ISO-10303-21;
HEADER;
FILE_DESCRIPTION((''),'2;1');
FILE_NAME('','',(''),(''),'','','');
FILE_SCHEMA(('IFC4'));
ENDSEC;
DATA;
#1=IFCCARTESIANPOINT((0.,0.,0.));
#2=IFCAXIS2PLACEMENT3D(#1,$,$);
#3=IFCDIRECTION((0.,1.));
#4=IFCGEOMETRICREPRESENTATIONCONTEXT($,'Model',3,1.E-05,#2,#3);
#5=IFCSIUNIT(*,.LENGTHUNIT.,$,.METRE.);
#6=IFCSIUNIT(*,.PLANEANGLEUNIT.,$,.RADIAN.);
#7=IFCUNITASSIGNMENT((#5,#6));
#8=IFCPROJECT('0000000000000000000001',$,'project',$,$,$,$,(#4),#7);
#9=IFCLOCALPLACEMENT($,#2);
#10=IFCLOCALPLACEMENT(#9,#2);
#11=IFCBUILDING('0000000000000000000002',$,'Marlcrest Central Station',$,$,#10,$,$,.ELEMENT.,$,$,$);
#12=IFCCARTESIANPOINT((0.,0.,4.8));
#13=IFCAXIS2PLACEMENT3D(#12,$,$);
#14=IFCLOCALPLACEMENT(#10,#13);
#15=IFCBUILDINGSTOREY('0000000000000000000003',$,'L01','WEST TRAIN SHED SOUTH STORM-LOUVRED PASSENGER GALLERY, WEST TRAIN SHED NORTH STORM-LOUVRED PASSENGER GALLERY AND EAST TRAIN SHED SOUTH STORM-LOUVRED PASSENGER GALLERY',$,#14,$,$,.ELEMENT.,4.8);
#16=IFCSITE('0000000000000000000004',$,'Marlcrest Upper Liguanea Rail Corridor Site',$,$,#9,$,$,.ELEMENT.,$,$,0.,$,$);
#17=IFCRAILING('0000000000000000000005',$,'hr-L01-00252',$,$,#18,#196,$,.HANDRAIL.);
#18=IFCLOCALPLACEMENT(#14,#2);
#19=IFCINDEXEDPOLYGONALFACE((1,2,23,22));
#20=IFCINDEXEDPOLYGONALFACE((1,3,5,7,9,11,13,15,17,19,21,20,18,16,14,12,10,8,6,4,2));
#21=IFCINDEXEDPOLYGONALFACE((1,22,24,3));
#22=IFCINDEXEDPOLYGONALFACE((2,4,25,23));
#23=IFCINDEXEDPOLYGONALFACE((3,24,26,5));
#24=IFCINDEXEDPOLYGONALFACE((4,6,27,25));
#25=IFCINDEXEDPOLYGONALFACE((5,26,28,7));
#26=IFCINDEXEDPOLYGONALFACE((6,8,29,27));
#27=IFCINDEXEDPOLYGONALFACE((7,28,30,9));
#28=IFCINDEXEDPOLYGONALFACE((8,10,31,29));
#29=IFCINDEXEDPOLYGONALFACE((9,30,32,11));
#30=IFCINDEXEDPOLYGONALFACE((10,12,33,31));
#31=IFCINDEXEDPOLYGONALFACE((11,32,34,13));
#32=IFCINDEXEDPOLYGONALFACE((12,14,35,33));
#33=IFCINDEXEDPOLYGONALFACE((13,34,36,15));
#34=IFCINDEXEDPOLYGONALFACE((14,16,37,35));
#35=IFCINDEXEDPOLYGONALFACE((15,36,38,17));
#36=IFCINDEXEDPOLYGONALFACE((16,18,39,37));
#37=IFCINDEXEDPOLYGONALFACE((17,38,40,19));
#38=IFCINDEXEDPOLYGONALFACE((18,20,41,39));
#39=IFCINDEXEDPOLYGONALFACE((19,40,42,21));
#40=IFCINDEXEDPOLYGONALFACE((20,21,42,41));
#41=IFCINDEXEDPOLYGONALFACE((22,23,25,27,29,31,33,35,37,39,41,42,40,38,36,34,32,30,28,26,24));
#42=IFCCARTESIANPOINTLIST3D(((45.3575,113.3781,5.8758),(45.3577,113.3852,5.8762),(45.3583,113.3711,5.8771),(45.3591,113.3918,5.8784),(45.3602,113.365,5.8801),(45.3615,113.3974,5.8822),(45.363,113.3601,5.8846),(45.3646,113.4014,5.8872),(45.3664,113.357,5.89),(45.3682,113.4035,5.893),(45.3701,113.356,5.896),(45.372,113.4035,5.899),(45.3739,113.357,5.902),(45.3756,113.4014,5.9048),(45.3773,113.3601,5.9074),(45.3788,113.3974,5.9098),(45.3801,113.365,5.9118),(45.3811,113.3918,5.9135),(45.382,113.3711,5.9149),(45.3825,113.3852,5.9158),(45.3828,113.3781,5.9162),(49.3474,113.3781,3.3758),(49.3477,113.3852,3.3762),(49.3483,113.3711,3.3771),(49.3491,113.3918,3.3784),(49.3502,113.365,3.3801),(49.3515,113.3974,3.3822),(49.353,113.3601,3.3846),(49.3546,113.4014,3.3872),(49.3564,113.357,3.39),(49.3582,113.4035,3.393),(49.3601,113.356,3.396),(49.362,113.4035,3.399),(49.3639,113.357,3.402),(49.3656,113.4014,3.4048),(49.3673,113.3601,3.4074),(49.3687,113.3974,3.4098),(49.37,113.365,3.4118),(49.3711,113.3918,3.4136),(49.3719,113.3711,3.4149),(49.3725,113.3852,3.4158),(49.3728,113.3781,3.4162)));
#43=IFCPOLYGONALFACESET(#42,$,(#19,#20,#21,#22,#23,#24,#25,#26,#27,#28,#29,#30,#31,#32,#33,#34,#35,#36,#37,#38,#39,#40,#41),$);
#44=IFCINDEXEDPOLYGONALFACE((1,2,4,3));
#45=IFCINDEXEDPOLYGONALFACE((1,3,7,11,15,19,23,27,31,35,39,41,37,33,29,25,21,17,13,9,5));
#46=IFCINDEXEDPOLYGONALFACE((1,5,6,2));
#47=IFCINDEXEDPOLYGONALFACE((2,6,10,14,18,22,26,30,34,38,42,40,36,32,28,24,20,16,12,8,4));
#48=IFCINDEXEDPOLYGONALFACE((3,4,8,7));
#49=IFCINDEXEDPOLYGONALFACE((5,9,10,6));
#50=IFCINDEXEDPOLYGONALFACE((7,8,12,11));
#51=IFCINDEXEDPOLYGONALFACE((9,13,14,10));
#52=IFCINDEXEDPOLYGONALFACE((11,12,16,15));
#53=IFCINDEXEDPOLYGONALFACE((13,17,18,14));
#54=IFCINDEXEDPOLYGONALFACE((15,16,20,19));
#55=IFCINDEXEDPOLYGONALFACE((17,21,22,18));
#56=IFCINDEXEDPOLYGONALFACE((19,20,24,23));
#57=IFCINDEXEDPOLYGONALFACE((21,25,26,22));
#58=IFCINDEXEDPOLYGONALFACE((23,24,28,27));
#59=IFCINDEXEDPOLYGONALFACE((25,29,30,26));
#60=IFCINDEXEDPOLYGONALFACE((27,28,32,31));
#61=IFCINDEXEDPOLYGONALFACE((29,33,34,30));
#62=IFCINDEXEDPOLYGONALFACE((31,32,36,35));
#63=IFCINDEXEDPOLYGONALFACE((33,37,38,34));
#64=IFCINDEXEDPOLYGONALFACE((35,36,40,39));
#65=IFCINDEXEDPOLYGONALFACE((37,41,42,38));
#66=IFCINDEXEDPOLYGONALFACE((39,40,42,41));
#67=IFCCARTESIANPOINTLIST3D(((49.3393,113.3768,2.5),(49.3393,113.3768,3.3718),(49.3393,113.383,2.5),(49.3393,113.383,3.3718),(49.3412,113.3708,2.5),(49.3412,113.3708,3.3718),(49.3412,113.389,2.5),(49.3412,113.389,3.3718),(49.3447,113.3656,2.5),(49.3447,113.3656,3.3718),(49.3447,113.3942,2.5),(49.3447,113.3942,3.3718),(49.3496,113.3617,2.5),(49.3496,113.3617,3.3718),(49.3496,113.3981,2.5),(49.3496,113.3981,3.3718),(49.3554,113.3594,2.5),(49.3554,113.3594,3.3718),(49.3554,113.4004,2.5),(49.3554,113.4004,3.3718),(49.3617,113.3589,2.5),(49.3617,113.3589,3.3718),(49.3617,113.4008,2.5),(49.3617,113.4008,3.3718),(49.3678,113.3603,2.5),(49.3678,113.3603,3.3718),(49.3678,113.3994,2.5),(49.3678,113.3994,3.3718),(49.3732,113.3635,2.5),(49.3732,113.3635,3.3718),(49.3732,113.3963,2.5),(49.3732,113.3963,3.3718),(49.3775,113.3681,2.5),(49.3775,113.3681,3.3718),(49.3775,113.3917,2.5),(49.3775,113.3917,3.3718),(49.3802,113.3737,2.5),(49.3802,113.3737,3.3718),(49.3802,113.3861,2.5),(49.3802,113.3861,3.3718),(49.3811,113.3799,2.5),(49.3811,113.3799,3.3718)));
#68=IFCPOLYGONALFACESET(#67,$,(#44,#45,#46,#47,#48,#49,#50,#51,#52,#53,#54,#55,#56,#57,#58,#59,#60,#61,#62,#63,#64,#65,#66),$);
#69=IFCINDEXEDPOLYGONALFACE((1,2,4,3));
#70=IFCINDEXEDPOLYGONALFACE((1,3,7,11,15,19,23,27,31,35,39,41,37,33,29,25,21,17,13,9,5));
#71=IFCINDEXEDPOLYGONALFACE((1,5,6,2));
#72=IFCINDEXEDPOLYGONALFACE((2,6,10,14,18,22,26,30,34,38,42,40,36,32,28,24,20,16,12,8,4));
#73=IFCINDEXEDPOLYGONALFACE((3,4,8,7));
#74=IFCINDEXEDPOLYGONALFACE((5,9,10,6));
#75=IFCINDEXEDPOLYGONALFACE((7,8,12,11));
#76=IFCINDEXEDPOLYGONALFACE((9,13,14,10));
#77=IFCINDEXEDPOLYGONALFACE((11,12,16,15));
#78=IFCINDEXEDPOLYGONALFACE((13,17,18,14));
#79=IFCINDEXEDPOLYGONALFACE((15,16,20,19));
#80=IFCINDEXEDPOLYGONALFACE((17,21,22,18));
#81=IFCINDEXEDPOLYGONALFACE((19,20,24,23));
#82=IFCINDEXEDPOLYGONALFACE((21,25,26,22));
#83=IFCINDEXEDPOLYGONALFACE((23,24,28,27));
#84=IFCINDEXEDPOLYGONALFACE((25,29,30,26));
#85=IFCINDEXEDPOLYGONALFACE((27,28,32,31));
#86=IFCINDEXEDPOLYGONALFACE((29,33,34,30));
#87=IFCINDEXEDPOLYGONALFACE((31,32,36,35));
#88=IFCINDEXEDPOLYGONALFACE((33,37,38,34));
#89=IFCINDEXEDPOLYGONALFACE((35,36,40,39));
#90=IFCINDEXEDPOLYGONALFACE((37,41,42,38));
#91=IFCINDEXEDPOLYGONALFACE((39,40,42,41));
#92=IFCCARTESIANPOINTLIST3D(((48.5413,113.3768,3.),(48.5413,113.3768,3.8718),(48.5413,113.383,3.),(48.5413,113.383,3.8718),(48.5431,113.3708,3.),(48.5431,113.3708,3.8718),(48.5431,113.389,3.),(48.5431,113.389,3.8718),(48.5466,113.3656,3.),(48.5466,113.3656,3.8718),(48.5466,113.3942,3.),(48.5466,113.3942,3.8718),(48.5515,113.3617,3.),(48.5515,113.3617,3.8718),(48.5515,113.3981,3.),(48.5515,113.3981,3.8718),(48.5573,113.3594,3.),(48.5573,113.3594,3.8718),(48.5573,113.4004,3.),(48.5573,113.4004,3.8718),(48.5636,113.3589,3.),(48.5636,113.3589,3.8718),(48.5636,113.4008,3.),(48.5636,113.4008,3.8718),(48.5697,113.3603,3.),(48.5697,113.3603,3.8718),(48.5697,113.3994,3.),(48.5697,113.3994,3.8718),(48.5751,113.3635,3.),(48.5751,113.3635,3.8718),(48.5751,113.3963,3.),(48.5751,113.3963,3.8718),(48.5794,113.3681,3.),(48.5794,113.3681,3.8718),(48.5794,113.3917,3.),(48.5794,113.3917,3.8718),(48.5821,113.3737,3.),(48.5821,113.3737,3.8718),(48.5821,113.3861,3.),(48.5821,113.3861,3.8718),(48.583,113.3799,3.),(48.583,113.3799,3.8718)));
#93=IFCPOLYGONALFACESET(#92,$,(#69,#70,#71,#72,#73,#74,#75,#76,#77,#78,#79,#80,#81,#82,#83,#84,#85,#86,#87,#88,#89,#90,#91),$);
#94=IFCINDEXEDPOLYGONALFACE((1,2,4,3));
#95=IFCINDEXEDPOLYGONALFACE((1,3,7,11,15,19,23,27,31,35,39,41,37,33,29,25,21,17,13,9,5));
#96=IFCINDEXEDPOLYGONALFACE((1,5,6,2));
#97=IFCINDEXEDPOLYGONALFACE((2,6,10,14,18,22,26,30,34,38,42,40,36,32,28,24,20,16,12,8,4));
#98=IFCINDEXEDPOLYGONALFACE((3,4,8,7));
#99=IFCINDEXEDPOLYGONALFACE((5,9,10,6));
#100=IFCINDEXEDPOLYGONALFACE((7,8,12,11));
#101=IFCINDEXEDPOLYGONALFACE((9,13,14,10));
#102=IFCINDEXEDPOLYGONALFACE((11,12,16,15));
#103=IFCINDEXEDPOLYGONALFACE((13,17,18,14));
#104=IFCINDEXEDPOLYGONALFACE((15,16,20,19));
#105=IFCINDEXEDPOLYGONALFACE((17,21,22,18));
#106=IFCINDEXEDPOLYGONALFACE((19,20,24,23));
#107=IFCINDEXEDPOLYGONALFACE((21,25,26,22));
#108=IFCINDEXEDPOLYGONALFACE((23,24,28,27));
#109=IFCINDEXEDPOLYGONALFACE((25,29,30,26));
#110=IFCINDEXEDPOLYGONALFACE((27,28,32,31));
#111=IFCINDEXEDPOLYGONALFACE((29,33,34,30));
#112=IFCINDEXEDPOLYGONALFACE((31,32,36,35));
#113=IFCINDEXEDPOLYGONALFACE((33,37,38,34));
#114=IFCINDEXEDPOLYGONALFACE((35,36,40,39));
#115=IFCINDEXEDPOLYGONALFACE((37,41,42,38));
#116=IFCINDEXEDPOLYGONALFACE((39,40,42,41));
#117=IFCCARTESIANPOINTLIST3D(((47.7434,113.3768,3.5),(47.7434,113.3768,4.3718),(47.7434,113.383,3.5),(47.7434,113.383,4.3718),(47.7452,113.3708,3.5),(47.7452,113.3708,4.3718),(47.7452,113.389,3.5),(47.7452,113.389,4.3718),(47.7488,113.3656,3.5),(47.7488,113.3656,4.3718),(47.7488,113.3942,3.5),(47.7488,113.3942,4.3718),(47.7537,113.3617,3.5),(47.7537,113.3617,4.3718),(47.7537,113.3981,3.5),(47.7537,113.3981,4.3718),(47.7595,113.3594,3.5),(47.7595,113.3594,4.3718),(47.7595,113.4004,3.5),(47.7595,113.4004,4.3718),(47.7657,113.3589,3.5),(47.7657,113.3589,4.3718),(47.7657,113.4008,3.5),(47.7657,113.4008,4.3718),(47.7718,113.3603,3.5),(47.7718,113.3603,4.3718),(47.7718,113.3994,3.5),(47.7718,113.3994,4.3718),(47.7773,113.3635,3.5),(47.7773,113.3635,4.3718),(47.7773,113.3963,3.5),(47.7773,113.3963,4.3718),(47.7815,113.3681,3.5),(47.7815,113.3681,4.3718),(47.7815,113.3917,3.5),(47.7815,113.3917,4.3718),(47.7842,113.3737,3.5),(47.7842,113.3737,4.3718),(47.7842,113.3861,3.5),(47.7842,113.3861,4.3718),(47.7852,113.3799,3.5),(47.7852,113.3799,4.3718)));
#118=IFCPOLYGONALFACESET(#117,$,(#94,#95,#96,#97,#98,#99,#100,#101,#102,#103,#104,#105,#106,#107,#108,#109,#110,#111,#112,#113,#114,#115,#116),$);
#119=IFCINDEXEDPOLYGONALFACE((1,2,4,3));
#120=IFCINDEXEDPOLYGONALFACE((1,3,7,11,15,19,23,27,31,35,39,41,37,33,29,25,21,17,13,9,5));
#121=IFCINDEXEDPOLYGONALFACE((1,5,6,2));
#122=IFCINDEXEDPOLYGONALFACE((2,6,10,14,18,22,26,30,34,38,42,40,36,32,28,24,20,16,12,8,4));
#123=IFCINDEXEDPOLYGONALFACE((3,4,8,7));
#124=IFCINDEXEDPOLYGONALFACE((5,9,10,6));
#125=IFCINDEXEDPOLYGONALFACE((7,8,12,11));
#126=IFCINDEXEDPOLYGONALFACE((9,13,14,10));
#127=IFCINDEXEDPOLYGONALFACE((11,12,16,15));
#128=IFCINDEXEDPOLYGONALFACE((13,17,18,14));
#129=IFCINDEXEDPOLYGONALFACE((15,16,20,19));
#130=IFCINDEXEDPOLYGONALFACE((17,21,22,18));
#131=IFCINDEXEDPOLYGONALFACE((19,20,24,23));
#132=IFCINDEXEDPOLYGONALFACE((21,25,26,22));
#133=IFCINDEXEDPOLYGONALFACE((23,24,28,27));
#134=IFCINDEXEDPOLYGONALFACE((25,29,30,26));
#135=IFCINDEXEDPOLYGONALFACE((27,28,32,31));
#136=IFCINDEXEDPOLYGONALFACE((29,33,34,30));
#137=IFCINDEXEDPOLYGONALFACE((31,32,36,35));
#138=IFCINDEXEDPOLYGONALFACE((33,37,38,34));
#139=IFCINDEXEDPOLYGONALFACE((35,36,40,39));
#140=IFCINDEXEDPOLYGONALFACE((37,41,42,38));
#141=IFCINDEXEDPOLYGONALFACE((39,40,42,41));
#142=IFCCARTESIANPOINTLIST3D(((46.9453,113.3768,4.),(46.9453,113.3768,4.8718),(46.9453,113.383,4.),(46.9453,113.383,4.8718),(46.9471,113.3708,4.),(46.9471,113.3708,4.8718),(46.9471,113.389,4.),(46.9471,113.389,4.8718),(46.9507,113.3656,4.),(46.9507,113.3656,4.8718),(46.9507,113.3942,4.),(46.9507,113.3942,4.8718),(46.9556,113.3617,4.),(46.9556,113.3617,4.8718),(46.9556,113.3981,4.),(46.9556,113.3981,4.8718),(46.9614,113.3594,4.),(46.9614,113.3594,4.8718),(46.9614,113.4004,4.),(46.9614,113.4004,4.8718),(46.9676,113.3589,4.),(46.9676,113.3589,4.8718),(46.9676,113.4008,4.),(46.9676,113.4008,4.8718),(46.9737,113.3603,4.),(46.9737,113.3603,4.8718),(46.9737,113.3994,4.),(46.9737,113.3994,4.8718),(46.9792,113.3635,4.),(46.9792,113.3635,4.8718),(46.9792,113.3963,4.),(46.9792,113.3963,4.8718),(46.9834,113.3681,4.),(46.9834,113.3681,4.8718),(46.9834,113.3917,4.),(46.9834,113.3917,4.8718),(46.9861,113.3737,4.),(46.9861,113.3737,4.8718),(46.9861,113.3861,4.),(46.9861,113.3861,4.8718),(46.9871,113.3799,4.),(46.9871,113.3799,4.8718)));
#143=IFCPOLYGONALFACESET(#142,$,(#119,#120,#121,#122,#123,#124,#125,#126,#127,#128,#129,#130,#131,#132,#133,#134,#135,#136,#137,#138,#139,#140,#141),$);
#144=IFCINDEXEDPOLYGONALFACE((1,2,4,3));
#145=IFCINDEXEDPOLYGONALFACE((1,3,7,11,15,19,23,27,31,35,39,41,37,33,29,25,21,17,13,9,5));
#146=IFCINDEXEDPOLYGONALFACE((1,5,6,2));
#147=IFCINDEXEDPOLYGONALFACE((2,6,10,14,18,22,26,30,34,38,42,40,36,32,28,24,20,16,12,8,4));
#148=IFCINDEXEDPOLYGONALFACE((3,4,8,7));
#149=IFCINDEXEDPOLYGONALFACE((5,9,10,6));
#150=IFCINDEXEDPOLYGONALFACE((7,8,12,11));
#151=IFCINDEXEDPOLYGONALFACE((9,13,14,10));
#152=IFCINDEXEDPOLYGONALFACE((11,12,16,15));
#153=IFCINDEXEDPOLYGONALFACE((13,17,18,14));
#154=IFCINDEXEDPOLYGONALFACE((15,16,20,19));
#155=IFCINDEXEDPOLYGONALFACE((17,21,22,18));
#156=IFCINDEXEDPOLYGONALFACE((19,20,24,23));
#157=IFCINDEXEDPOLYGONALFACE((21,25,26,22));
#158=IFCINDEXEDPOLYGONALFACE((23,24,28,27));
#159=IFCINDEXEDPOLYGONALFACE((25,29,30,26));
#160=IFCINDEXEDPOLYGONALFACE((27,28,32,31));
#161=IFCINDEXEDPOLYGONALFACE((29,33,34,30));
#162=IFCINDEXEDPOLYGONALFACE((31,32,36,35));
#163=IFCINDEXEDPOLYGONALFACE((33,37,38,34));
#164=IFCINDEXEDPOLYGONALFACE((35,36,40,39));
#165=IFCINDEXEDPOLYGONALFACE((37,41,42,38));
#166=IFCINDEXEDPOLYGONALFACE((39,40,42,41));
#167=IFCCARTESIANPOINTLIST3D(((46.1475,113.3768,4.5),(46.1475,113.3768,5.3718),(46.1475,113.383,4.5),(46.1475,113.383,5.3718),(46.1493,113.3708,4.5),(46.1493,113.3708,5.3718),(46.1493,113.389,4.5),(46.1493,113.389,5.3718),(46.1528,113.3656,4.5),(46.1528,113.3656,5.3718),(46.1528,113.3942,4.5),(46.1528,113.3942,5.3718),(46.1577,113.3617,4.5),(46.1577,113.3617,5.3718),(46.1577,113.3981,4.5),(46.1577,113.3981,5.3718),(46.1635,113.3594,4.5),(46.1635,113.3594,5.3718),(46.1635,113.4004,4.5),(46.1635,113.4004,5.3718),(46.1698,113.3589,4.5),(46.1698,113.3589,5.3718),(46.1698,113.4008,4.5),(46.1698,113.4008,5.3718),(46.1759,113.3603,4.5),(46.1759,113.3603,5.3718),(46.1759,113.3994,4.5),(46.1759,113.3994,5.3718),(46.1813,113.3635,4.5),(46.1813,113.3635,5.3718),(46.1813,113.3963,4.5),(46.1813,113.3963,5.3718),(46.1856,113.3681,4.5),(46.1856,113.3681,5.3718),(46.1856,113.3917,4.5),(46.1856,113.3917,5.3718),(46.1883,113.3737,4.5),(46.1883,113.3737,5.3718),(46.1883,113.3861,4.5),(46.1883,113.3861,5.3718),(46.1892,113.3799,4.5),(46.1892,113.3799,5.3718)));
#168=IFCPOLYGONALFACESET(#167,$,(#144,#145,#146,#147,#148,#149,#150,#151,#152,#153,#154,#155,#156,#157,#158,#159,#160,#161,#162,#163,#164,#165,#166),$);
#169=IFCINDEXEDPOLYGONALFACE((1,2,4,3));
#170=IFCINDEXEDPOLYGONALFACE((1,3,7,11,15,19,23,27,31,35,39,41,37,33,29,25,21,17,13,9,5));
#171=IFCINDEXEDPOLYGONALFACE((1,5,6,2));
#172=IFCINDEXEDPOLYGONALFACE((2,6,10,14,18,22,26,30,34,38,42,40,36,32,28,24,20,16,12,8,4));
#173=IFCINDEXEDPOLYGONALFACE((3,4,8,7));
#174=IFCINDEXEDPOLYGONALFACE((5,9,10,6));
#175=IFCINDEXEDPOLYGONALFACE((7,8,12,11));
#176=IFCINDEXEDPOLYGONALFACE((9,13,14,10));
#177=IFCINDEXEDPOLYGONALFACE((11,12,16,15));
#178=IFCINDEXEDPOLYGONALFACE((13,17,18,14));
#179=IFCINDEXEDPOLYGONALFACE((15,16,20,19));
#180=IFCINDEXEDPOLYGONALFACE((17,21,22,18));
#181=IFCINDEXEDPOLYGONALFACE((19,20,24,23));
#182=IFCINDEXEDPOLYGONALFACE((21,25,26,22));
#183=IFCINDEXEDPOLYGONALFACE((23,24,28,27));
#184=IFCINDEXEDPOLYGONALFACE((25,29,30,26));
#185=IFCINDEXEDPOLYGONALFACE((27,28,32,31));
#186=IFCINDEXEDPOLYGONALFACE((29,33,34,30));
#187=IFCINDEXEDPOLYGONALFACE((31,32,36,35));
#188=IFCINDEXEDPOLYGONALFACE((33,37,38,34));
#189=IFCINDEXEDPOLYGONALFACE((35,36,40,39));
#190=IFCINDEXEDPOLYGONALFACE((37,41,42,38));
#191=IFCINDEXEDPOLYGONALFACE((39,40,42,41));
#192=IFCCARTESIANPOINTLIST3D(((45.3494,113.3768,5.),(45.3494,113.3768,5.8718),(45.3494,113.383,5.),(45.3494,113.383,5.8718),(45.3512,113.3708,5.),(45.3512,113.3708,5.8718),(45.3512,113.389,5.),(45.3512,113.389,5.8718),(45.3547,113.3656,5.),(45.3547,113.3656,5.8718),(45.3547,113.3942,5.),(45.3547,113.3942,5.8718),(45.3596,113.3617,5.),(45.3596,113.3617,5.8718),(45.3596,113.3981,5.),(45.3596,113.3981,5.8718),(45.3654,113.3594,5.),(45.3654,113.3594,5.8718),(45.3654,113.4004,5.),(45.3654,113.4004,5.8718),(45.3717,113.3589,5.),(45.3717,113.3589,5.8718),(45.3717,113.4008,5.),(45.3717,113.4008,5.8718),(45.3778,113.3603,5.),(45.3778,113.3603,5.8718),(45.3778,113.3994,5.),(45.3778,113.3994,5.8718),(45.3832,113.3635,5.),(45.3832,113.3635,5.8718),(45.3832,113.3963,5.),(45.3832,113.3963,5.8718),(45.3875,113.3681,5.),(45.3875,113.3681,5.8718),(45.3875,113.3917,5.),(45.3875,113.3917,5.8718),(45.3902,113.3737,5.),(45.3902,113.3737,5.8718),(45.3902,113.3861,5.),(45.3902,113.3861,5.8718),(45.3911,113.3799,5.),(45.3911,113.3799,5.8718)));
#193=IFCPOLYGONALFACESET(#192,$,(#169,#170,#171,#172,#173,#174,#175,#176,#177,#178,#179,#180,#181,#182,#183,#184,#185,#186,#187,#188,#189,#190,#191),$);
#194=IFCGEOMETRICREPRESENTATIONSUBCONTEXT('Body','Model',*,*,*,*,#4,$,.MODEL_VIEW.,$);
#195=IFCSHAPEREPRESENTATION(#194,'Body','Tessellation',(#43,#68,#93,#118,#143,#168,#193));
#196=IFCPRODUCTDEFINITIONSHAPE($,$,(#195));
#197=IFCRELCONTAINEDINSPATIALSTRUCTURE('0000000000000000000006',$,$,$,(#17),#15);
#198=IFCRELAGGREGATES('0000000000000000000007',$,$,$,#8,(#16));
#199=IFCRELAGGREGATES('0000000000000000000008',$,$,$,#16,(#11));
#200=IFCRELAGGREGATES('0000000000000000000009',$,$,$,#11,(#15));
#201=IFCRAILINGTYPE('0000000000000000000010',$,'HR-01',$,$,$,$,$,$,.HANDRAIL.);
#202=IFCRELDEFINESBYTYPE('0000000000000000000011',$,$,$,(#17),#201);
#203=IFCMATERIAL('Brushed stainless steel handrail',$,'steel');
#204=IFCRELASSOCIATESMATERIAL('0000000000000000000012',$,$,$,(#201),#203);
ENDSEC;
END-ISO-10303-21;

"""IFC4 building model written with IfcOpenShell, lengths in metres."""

from ifc_helpers import new_model, si_unit, direction, frame, origin, origin_2d, place, context, subcontext, project, spatial, circle, extrude, material, type_object, element, save


model = new_model("IFC4")

# Units and contexts
model_context = context("Model", 3, precision=1e-05, world=origin(), true_north=direction((0.0, 1.0)))
body_context = subcontext(model_context, "Body", "Model", "MODEL_VIEW")
ifc_project = project(units=[si_unit("LENGTHUNIT", "METRE"), si_unit("PLANEANGLEUNIT", "RADIAN")], contexts=[model_context])

# Site, building, storey
site_placement = place(None, origin())
site = spatial("IfcSite", under=ifc_project, at=site_placement, Name="Marlcrest Upper Liguanea Rail Corridor Site", CompositionType="ELEMENT", RefElevation=0.0)
building_placement = place(site_placement, origin())
building = spatial("IfcBuilding", under=site, at=building_placement, Name="Marlcrest Central Station", CompositionType="ELEMENT")
storey_placement = place(building_placement, frame((0.0, 0.0, 4.8)))
storey = spatial("IfcBuildingStorey", under=building, at=storey_placement, Name="L01", Description="WEST TRAIN SHED SOUTH STORM-LOUVRED PASSENGER GALLERY, WEST TRAIN SHED NORTH STORM-LOUVRED PASSENGER GALLERY AND EAST TRAIN SHED SOUTH STORM-LOUVRED PASSENGER GALLERY", CompositionType="ELEMENT", Elevation=4.8)

# Railing
ifc_material_1 = material(Name="Brushed stainless steel handrail", Category="steel")
railing_type_1 = type_object("IfcRailingType", Name="HR-01", PredefinedType="HANDRAIL", material=ifc_material_1)
railing_1_placement = place(storey_placement, frame((49.3601, 113.3799, 2.5)))
element("IfcRailing", 1, at=railing_1_placement, inside=storey, type_object=railing_type_1, Name="hr-L01-00252", PredefinedType="HANDRAIL", context=body_context, shape_type="SweptSolid", body=[
    extrude(circle(Radius=0.0239, at=origin_2d()), frame((0.0, 0.0, 0.896), z_axis=(-0.847401, 0.0, 0.530954), x_axis=(0.0, -1.0, 0.0)), (0.0, 0.0, 1.0), 4.7085),
    extrude(circle(Radius=0.021, at=origin_2d()), origin(), (0.0, 0.0, 1.0), 0.8718),
    extrude(circle(Radius=0.021, at=origin_2d()), frame((-0.7981, 0.0, 0.5)), (0.0, 0.0, 1.0), 0.8718),
    extrude(circle(Radius=0.021, at=origin_2d()), frame((-1.5959, 0.0, 1.0)), (0.0, 0.0, 1.0), 0.8718),
    extrude(circle(Radius=0.021, at=origin_2d()), frame((-2.394, 0.0, 1.5)), (0.0, 0.0, 1.0), 0.8718),
    extrude(circle(Radius=0.021, at=origin_2d()), frame((-3.1919, 0.0, 2.0)), (0.0, 0.0, 1.0), 0.8718),
    extrude(circle(Radius=0.021, at=origin_2d()), frame((-3.99, 0.0, 2.5)), (0.0, 0.0, 1.0), 0.8718),
])

save(model, "model.ifc")
